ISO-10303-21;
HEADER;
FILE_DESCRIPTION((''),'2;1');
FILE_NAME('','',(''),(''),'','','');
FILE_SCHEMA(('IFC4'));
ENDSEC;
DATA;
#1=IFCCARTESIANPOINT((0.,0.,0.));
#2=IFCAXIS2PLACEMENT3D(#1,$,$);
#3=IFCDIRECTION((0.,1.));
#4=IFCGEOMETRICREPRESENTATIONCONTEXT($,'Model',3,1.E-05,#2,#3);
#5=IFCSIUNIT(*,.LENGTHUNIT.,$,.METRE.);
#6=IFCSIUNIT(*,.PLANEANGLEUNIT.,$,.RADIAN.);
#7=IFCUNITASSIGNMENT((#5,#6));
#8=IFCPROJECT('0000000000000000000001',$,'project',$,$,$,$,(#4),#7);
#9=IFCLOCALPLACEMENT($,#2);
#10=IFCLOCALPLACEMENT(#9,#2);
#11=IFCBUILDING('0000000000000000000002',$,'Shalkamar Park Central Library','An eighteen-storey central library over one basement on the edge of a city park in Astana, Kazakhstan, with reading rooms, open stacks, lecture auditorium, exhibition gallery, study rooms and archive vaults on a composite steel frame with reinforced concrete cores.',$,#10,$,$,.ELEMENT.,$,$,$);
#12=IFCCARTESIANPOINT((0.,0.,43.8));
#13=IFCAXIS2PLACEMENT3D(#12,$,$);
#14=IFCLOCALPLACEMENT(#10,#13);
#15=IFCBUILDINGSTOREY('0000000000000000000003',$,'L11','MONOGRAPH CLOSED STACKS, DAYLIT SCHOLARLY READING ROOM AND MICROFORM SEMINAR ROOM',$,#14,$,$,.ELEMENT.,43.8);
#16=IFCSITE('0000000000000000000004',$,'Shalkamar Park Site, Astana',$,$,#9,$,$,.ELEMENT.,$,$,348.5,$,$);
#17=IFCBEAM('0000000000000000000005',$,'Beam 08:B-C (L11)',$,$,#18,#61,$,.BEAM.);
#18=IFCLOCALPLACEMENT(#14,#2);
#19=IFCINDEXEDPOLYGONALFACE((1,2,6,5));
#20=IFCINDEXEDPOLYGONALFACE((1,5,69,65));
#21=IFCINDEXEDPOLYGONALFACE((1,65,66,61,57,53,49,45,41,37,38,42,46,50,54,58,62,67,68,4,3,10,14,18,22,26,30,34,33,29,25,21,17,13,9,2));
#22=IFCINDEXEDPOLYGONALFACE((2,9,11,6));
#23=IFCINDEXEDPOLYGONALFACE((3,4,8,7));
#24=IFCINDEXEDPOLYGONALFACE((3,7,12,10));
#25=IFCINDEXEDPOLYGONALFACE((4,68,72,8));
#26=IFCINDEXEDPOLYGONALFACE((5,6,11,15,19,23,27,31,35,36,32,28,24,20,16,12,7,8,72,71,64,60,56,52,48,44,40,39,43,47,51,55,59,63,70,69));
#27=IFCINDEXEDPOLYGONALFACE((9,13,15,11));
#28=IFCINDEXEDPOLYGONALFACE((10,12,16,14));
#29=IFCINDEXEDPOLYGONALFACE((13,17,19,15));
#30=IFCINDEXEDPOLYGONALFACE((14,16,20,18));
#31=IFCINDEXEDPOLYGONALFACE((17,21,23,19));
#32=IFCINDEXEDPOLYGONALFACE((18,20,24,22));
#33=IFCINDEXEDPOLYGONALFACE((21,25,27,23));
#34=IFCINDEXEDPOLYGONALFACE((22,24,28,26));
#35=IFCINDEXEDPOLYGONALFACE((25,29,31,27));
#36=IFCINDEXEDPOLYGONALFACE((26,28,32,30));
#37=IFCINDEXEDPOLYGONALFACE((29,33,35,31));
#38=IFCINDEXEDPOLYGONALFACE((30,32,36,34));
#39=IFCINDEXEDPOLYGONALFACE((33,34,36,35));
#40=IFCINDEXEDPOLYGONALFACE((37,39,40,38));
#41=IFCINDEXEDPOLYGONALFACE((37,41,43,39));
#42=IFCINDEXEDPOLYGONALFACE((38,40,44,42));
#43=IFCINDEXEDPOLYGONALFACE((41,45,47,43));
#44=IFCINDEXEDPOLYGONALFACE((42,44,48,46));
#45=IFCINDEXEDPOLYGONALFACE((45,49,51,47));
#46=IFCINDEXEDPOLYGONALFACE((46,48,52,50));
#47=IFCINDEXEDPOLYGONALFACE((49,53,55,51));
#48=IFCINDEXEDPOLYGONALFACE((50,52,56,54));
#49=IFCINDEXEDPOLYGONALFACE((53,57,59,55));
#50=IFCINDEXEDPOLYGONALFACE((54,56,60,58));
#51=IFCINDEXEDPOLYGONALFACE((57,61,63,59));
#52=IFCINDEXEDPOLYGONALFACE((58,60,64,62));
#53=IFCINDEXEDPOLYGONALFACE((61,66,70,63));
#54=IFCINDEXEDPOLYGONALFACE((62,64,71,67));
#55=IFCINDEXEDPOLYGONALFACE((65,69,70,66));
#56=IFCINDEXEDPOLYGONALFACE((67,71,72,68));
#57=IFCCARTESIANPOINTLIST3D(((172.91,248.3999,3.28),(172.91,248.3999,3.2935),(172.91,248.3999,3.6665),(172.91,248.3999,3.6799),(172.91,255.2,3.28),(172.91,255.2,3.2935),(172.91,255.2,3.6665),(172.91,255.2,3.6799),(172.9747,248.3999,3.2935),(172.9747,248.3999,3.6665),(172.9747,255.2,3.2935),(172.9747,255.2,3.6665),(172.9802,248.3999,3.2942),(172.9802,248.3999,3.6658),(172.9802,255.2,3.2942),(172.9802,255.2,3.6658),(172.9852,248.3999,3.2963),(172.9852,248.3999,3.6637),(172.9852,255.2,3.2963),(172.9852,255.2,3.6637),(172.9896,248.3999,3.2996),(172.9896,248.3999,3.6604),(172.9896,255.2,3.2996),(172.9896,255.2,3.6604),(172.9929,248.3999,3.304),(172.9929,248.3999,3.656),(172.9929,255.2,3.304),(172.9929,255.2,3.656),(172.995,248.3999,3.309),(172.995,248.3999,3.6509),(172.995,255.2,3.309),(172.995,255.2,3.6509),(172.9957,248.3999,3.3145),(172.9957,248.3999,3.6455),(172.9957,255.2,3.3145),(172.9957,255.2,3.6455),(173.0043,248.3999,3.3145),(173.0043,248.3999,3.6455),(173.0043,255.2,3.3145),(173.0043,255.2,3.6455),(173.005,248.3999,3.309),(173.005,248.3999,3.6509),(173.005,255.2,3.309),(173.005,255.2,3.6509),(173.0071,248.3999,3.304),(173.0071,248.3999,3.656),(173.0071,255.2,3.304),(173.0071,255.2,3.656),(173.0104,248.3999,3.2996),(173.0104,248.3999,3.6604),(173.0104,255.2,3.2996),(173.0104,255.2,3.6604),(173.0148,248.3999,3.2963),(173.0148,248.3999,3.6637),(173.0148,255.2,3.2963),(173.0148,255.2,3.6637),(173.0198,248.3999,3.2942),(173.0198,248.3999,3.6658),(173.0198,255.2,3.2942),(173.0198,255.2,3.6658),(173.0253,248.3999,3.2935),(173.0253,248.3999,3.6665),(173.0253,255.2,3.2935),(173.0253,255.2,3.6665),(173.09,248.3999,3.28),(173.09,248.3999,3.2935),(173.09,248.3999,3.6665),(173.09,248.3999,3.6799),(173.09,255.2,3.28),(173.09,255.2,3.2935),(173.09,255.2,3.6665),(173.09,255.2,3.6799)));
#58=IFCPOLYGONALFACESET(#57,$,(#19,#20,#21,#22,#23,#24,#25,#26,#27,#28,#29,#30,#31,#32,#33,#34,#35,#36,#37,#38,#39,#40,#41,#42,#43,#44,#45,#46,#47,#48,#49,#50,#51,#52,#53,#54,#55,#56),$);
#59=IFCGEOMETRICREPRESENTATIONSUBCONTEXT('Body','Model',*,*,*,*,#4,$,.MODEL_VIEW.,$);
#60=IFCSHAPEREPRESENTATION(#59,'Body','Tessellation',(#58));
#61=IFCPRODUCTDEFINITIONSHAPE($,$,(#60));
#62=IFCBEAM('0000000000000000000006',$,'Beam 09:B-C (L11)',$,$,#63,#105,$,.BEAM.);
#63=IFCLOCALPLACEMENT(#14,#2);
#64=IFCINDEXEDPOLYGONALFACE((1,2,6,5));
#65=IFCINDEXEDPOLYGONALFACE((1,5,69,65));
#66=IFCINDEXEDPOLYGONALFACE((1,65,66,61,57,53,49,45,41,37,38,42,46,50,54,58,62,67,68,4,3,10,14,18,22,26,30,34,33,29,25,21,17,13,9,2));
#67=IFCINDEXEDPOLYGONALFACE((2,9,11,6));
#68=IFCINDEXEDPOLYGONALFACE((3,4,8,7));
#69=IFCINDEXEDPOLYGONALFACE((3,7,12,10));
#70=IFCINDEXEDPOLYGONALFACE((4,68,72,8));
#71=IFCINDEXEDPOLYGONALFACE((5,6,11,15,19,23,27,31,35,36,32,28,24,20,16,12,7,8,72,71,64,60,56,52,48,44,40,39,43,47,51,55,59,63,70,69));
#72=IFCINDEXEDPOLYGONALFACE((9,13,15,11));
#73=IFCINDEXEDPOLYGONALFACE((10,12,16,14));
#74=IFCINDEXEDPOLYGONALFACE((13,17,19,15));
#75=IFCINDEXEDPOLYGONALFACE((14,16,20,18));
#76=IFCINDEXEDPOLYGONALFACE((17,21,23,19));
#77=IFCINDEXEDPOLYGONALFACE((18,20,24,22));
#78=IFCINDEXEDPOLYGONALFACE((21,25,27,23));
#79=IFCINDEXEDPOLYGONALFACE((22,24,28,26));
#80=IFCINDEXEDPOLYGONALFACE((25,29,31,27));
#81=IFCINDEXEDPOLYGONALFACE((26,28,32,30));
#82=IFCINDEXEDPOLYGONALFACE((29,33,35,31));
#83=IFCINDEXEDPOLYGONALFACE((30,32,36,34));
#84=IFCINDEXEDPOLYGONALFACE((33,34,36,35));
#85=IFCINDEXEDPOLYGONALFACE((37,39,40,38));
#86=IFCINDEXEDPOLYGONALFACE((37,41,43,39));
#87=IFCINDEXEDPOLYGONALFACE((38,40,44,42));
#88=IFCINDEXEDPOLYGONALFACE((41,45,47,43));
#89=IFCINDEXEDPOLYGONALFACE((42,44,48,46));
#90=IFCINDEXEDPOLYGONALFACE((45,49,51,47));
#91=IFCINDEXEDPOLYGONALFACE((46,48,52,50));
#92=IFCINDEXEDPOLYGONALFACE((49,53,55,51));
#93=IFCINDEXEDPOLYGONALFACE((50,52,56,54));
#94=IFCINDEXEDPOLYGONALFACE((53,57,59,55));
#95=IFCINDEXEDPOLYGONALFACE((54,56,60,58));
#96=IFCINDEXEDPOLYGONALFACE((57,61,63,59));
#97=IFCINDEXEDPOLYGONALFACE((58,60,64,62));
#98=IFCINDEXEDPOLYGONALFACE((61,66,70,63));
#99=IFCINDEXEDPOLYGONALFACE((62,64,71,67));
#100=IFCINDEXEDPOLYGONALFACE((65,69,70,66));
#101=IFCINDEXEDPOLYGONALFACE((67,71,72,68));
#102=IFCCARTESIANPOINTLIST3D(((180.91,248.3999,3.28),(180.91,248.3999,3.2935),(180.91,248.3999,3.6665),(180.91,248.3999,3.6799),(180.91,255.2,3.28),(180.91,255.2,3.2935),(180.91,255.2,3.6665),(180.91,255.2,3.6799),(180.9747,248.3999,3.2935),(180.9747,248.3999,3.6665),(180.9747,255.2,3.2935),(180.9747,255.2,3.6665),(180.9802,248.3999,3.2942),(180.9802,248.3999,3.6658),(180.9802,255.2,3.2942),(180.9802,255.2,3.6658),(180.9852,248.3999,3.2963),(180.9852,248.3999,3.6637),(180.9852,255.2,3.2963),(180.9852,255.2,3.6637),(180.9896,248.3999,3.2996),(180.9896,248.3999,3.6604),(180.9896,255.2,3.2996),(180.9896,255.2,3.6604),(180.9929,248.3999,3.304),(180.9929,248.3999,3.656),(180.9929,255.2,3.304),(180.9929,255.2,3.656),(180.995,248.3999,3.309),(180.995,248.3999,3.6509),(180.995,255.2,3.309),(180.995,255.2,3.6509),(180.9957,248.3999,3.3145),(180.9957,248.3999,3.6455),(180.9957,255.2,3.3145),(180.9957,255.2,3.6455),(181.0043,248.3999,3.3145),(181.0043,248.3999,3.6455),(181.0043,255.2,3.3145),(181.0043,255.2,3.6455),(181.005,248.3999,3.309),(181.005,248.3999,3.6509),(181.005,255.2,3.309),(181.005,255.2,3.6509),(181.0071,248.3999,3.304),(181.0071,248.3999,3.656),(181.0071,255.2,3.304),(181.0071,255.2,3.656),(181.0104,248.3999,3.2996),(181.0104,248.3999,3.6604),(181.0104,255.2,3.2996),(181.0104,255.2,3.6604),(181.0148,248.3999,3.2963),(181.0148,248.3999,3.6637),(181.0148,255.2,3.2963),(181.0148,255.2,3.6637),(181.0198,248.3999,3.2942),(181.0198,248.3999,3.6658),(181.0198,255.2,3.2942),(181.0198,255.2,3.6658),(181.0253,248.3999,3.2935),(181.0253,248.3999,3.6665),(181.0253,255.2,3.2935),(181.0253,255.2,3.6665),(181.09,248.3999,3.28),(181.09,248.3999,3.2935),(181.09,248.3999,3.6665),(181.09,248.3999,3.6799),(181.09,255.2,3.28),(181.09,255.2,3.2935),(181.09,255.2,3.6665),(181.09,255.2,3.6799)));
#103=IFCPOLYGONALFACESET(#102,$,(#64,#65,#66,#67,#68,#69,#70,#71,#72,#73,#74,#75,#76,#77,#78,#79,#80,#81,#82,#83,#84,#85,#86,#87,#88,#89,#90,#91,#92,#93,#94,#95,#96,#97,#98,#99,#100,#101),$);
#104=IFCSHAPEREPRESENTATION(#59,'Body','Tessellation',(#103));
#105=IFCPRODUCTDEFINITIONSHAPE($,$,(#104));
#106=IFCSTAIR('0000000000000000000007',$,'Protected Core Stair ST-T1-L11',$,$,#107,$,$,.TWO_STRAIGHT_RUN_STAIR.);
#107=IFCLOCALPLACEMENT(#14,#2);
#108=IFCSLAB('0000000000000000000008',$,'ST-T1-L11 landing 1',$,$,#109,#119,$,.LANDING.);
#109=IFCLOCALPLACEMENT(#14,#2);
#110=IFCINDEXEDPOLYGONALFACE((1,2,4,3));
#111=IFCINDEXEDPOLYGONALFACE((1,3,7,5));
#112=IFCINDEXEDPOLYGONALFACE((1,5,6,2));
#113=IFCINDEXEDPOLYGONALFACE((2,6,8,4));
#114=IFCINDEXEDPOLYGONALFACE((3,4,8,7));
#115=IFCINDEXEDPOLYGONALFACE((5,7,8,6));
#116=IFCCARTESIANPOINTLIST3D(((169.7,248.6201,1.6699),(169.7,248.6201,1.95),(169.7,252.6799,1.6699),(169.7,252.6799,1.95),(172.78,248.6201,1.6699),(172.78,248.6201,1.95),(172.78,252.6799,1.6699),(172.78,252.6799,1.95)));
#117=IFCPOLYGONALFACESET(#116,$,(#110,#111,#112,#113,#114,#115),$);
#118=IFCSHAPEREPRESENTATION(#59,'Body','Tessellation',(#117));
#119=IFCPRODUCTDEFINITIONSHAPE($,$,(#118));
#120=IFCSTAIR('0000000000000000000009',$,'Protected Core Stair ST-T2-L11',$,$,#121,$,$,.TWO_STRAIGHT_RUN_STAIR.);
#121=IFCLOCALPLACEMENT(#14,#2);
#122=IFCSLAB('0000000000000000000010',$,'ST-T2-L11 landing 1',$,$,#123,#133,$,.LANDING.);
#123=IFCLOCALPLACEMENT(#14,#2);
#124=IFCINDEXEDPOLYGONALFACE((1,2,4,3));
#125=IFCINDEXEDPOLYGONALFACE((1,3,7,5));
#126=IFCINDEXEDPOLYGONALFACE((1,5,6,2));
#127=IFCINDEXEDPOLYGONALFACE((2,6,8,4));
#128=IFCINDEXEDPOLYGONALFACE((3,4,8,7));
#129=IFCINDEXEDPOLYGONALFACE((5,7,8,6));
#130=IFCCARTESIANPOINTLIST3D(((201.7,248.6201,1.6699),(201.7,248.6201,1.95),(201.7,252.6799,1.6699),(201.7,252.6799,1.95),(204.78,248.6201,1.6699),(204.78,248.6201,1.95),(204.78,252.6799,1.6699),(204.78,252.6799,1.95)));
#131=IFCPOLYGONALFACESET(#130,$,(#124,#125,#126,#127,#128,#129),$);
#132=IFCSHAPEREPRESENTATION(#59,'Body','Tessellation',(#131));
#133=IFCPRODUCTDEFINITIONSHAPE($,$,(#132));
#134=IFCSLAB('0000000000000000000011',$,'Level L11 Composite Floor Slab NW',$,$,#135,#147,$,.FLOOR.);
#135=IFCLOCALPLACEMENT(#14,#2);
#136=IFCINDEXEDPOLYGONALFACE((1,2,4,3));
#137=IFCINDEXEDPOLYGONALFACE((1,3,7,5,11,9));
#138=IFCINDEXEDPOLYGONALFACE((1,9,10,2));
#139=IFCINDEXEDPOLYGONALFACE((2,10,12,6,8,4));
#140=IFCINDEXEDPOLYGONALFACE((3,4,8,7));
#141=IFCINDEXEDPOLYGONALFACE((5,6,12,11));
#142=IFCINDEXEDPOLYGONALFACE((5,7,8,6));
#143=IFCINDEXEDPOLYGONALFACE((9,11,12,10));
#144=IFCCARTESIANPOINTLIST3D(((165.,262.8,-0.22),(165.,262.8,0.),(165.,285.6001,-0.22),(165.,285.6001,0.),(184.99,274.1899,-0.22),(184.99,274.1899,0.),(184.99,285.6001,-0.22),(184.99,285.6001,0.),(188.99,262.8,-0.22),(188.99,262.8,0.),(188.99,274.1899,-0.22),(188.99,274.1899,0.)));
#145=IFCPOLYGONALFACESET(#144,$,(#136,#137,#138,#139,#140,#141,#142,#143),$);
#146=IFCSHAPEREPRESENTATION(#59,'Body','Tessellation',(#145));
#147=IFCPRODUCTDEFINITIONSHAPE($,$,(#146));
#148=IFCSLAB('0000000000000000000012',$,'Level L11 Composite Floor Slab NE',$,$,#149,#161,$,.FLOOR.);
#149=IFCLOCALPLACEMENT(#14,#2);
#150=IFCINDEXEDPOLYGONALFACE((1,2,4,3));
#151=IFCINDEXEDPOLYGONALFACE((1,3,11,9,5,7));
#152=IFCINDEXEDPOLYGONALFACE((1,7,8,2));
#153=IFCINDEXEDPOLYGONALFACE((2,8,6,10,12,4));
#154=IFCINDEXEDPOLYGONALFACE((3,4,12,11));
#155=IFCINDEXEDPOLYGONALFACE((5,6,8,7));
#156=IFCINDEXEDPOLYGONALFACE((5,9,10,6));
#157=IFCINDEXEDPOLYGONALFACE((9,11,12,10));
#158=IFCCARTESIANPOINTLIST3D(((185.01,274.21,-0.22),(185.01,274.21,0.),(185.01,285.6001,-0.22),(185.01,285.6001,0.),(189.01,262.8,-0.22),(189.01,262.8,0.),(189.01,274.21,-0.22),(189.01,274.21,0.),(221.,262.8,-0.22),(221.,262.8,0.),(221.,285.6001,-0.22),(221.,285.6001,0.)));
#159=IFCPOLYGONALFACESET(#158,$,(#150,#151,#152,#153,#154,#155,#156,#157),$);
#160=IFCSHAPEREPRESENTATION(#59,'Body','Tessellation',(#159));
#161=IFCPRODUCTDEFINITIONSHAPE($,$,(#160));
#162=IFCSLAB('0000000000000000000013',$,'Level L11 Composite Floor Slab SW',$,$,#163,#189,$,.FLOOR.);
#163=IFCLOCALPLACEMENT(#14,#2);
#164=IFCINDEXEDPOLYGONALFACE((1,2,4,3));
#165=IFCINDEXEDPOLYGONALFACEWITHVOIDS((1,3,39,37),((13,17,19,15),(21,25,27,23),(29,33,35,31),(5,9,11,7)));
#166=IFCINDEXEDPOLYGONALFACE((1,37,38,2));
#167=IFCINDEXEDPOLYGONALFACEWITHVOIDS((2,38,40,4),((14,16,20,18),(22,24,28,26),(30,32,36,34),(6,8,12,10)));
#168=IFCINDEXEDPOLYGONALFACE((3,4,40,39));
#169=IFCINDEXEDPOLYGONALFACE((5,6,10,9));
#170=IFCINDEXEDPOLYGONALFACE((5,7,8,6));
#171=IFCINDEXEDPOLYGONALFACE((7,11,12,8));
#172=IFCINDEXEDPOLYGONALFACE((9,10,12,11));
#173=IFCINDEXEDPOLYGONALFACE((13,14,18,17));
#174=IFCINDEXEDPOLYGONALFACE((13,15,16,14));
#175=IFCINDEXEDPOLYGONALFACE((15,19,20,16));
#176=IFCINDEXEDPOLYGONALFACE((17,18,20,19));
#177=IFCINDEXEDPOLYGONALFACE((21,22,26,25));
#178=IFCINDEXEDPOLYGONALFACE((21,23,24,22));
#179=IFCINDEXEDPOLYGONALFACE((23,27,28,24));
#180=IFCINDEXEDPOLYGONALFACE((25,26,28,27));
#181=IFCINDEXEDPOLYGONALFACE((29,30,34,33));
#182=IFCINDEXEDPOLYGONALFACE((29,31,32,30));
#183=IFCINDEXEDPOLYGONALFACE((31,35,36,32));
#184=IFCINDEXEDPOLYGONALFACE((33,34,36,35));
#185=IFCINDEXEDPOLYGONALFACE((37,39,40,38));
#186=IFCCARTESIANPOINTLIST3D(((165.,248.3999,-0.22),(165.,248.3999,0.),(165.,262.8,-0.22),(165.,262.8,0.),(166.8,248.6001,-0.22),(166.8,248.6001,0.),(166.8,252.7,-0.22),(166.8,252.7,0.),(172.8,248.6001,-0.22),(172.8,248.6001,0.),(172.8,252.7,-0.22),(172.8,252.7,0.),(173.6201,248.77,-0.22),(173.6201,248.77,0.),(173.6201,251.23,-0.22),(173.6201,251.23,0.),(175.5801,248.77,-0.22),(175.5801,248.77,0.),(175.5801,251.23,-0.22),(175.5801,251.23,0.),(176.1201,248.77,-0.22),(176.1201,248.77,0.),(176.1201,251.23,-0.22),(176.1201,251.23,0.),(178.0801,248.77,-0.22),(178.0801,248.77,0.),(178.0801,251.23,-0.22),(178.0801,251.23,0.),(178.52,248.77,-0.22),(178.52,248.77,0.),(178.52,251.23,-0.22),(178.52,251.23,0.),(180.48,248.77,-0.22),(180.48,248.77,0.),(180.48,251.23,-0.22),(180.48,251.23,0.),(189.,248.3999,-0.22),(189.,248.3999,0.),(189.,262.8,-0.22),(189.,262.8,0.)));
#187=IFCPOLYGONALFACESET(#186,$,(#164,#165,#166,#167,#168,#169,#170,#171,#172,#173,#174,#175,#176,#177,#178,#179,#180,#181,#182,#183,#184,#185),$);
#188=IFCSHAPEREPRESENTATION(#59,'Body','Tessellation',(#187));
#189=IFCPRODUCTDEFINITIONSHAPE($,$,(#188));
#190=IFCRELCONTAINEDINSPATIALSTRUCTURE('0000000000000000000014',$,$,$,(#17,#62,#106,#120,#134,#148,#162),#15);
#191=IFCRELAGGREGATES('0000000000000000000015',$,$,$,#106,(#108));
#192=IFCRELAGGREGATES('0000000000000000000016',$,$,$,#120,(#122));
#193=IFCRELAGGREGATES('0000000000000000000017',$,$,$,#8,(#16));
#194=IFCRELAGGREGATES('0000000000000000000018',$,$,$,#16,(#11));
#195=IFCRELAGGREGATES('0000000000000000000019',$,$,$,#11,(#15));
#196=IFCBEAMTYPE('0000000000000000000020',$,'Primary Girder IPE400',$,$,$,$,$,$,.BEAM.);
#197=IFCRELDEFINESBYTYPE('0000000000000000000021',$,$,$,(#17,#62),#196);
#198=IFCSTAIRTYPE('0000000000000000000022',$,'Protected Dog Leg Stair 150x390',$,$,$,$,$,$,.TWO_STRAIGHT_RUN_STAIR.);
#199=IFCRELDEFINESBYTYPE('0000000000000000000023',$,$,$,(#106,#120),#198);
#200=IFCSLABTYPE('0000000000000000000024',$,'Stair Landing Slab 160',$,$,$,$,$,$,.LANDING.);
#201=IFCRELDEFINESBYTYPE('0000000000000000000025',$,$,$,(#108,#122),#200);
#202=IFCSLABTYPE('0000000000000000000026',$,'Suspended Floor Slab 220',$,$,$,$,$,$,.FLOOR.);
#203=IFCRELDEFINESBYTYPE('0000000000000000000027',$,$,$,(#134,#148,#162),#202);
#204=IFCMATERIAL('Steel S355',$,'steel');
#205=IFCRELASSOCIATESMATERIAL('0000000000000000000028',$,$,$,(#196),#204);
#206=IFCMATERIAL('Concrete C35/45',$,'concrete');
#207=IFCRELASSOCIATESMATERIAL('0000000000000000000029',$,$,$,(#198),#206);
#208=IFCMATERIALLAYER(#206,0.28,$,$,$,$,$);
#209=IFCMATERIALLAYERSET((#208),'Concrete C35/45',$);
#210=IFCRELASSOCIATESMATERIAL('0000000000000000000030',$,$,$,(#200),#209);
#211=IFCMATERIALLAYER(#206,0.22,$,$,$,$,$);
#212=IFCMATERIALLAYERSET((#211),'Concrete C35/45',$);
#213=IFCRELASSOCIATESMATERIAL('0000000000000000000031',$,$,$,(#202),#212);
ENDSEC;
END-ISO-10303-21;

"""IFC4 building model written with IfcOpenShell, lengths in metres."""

from ifc_helpers import new_model, si_unit, direction, frame, origin, origin_2d, place, context, subcontext, project, spatial, polyline, i_section, outline, extrude, material, layer, layer_set, material_profile, profile_set, type_object, element, aggregate, save


model = new_model("IFC4")

# Units and contexts
model_context = context("Model", 3, precision=1e-05, world=origin(), true_north=direction((0.0, 1.0)))
body_context = subcontext(model_context, "Body", "Model", "MODEL_VIEW")
ifc_project = project(units=[si_unit("LENGTHUNIT", "METRE"), si_unit("PLANEANGLEUNIT", "RADIAN")], contexts=[model_context])

# Site, building, storey
site_placement = place(None, origin())
site = spatial("IfcSite", under=ifc_project, at=site_placement, Name="Shalkamar Park Site, Astana", CompositionType="ELEMENT", RefElevation=348.5)
building_placement = place(site_placement, origin())
building = spatial("IfcBuilding", under=site, at=building_placement, Name="Shalkamar Park Central Library", Description="An eighteen-storey central library over one basement on the edge of a city park in Astana, Kazakhstan, with reading rooms, open stacks, lecture auditorium, exhibition gallery, study rooms and archive vaults on a composite steel frame with reinforced concrete cores.", CompositionType="ELEMENT")
storey_placement = place(building_placement, frame((0.0, 0.0, 43.8)))
storey = spatial("IfcBuildingStorey", under=building, at=storey_placement, Name="L11", Description="MONOGRAPH CLOSED STACKS, DAYLIT SCHOLARLY READING ROOM AND MICROFORM SEMINAR ROOM", CompositionType="ELEMENT", Elevation=43.8)

# Shared definitions
ifc_material_1 = material(Name="Steel S355", Category="steel")

# Beams
ifc_material_profile_1 = material_profile(ifc_material_1, i_section(OverallWidth=0.1799, OverallDepth=0.3999, WebThickness=0.0085, FlangeThickness=0.0134, FilletRadius=0.021, at=origin_2d()), Name="IPE 400")
ifc_profile_set_1 = profile_set([ifc_material_profile_1], Name="Steel S355")
beam_type_1 = type_object("IfcBeamType", Name="Primary Girder IPE400", PredefinedType="BEAM", material=ifc_profile_set_1)
for number, where, z_axis, x_axis, name in (
    (1, (173.0, 248.3999, 3.48), (0.0, 1.0, 0.0), (-1.0, 0.0, 0.0), "Beam 08:B-C (L11)"),
    (2, (181.0, 248.3999, 3.48), (0.0, 1.0, 0.0), (-1.0, 0.0, 0.0), "Beam 09:B-C (L11)"),
):
    element("IfcBeam", number, at=place(storey_placement, frame(where, z_axis=z_axis, x_axis=x_axis)), inside=storey, type_object=beam_type_1, Name=name, PredefinedType="BEAM", context=body_context, shape_type="SweptSolid", body=[
        extrude(i_section(OverallWidth=0.1799, OverallDepth=0.3999, WebThickness=0.0085, FlangeThickness=0.0134, FilletRadius=0.021, at=origin_2d()), origin(), (0.0, 0.0, 1.0), 6.8),
    ])

# Stairs, slabs
ifc_material_2 = material(Name="Concrete C35/45", Category="concrete")
stair_type = type_object("IfcStairType", Name="Protected Dog Leg Stair 150x390", PredefinedType="TWO_STRAIGHT_RUN_STAIR", material=ifc_material_2)
stair_1_placement = place(storey_placement, origin())
stair_1 = element("IfcStair", 3, at=stair_1_placement, inside=storey, type_object=stair_type, Name="Protected Core Stair ST-T1-L11", PredefinedType="TWO_STRAIGHT_RUN_STAIR")
ifc_layer_1 = layer(ifc_material_2, 0.28)
ifc_layer_set_1 = layer_set([ifc_layer_1], Name="Concrete C35/45")
slab_type_1 = type_object("IfcSlabType", Name="Stair Landing Slab 160", PredefinedType="LANDING", material=ifc_layer_set_1)
slab_1_placement = place(storey_placement, frame((0.0, 0.0, 1.6699)))
slab_1 = element("IfcSlab", 4, at=slab_1_placement, type_object=slab_type_1, Name="ST-T1-L11 landing 1", PredefinedType="LANDING", context=body_context, shape_type="SweptSolid", body=[
    extrude(outline(polyline([(169.7, 248.6201), (172.78, 248.6201), (172.78, 252.6799), (169.7, 252.6799), (169.7, 248.6201)])), origin(), (0.0, 0.0, 1.0), 0.28),
])
aggregate(stair_1, [slab_1])
stair_2_placement = place(storey_placement, origin())
stair_2 = element("IfcStair", 5, at=stair_2_placement, inside=storey, type_object=stair_type, Name="Protected Core Stair ST-T2-L11", PredefinedType="TWO_STRAIGHT_RUN_STAIR")
slab_2_placement = place(storey_placement, frame((0.0, 0.0, 1.6699)))
slab_2 = element("IfcSlab", 6, at=slab_2_placement, type_object=slab_type_1, Name="ST-T2-L11 landing 1", PredefinedType="LANDING", context=body_context, shape_type="SweptSolid", body=[
    extrude(outline(polyline([(201.7, 248.6201), (204.78, 248.6201), (204.78, 252.6799), (201.7, 252.6799), (201.7, 248.6201)])), origin(), (0.0, 0.0, 1.0), 0.28),
])
aggregate(stair_2, [slab_2])

# Slabs
ifc_layer_2 = layer(ifc_material_2, 0.22)
ifc_layer_set_2 = layer_set([ifc_layer_2], Name="Concrete C35/45")
slab_type_2 = type_object("IfcSlabType", Name="Suspended Floor Slab 220", PredefinedType="FLOOR", material=ifc_layer_set_2)
slab_3_placement = place(storey_placement, frame((0.0, 0.0, -0.22)))
element("IfcSlab", 7, at=slab_3_placement, inside=storey, type_object=slab_type_2, Name="Level L11 Composite Floor Slab NW", PredefinedType="FLOOR", context=body_context, shape_type="SweptSolid", body=[
    extrude(outline(polyline([(165.0, 262.8), (188.99, 262.8), (188.99, 274.1899), (184.99, 274.1899), (184.99, 285.6001), (165.0, 285.6001), (165.0, 262.8)])), origin(), (0.0, 0.0, 1.0), 0.22),
])
slab_4_placement = place(storey_placement, frame((0.0, 0.0, -0.22)))
element("IfcSlab", 8, at=slab_4_placement, inside=storey, type_object=slab_type_2, Name="Level L11 Composite Floor Slab NE", PredefinedType="FLOOR", context=body_context, shape_type="SweptSolid", body=[
    extrude(outline(polyline([(189.01, 262.8), (221.0, 262.8), (221.0, 285.6001), (185.01, 285.6001), (185.01, 274.21), (189.01, 274.21), (189.01, 262.8)])), origin(), (0.0, 0.0, 1.0), 0.22),
])
slab_5_placement = place(storey_placement, frame((0.0, 0.0, -0.22)))
element("IfcSlab", 9, at=slab_5_placement, inside=storey, type_object=slab_type_2, Name="Level L11 Composite Floor Slab SW", PredefinedType="FLOOR", context=body_context, shape_type="SweptSolid", body=[
    extrude(outline(polyline([(165.0, 248.3999), (165.0, 262.8), (189.0, 262.8), (189.0, 248.3999), (165.0, 248.3999)]), holes=[polyline([(173.6201, 248.77), (175.5801, 248.77), (175.5801, 251.23), (173.6201, 251.23), (173.6201, 248.77)]), polyline([(176.1201, 251.23), (176.1201, 248.77), (178.0801, 248.77), (178.0801, 251.23), (176.1201, 251.23)]), polyline([(178.52, 251.23), (178.52, 248.77), (180.48, 248.77), (180.48, 251.23), (178.52, 251.23)]), polyline([(166.8, 252.7), (166.8, 248.6001), (172.8, 248.6001), (172.8, 252.7), (166.8, 252.7)])]), origin(), (0.0, 0.0, 1.0), 0.22),
])

save(model, "model.ifc")
